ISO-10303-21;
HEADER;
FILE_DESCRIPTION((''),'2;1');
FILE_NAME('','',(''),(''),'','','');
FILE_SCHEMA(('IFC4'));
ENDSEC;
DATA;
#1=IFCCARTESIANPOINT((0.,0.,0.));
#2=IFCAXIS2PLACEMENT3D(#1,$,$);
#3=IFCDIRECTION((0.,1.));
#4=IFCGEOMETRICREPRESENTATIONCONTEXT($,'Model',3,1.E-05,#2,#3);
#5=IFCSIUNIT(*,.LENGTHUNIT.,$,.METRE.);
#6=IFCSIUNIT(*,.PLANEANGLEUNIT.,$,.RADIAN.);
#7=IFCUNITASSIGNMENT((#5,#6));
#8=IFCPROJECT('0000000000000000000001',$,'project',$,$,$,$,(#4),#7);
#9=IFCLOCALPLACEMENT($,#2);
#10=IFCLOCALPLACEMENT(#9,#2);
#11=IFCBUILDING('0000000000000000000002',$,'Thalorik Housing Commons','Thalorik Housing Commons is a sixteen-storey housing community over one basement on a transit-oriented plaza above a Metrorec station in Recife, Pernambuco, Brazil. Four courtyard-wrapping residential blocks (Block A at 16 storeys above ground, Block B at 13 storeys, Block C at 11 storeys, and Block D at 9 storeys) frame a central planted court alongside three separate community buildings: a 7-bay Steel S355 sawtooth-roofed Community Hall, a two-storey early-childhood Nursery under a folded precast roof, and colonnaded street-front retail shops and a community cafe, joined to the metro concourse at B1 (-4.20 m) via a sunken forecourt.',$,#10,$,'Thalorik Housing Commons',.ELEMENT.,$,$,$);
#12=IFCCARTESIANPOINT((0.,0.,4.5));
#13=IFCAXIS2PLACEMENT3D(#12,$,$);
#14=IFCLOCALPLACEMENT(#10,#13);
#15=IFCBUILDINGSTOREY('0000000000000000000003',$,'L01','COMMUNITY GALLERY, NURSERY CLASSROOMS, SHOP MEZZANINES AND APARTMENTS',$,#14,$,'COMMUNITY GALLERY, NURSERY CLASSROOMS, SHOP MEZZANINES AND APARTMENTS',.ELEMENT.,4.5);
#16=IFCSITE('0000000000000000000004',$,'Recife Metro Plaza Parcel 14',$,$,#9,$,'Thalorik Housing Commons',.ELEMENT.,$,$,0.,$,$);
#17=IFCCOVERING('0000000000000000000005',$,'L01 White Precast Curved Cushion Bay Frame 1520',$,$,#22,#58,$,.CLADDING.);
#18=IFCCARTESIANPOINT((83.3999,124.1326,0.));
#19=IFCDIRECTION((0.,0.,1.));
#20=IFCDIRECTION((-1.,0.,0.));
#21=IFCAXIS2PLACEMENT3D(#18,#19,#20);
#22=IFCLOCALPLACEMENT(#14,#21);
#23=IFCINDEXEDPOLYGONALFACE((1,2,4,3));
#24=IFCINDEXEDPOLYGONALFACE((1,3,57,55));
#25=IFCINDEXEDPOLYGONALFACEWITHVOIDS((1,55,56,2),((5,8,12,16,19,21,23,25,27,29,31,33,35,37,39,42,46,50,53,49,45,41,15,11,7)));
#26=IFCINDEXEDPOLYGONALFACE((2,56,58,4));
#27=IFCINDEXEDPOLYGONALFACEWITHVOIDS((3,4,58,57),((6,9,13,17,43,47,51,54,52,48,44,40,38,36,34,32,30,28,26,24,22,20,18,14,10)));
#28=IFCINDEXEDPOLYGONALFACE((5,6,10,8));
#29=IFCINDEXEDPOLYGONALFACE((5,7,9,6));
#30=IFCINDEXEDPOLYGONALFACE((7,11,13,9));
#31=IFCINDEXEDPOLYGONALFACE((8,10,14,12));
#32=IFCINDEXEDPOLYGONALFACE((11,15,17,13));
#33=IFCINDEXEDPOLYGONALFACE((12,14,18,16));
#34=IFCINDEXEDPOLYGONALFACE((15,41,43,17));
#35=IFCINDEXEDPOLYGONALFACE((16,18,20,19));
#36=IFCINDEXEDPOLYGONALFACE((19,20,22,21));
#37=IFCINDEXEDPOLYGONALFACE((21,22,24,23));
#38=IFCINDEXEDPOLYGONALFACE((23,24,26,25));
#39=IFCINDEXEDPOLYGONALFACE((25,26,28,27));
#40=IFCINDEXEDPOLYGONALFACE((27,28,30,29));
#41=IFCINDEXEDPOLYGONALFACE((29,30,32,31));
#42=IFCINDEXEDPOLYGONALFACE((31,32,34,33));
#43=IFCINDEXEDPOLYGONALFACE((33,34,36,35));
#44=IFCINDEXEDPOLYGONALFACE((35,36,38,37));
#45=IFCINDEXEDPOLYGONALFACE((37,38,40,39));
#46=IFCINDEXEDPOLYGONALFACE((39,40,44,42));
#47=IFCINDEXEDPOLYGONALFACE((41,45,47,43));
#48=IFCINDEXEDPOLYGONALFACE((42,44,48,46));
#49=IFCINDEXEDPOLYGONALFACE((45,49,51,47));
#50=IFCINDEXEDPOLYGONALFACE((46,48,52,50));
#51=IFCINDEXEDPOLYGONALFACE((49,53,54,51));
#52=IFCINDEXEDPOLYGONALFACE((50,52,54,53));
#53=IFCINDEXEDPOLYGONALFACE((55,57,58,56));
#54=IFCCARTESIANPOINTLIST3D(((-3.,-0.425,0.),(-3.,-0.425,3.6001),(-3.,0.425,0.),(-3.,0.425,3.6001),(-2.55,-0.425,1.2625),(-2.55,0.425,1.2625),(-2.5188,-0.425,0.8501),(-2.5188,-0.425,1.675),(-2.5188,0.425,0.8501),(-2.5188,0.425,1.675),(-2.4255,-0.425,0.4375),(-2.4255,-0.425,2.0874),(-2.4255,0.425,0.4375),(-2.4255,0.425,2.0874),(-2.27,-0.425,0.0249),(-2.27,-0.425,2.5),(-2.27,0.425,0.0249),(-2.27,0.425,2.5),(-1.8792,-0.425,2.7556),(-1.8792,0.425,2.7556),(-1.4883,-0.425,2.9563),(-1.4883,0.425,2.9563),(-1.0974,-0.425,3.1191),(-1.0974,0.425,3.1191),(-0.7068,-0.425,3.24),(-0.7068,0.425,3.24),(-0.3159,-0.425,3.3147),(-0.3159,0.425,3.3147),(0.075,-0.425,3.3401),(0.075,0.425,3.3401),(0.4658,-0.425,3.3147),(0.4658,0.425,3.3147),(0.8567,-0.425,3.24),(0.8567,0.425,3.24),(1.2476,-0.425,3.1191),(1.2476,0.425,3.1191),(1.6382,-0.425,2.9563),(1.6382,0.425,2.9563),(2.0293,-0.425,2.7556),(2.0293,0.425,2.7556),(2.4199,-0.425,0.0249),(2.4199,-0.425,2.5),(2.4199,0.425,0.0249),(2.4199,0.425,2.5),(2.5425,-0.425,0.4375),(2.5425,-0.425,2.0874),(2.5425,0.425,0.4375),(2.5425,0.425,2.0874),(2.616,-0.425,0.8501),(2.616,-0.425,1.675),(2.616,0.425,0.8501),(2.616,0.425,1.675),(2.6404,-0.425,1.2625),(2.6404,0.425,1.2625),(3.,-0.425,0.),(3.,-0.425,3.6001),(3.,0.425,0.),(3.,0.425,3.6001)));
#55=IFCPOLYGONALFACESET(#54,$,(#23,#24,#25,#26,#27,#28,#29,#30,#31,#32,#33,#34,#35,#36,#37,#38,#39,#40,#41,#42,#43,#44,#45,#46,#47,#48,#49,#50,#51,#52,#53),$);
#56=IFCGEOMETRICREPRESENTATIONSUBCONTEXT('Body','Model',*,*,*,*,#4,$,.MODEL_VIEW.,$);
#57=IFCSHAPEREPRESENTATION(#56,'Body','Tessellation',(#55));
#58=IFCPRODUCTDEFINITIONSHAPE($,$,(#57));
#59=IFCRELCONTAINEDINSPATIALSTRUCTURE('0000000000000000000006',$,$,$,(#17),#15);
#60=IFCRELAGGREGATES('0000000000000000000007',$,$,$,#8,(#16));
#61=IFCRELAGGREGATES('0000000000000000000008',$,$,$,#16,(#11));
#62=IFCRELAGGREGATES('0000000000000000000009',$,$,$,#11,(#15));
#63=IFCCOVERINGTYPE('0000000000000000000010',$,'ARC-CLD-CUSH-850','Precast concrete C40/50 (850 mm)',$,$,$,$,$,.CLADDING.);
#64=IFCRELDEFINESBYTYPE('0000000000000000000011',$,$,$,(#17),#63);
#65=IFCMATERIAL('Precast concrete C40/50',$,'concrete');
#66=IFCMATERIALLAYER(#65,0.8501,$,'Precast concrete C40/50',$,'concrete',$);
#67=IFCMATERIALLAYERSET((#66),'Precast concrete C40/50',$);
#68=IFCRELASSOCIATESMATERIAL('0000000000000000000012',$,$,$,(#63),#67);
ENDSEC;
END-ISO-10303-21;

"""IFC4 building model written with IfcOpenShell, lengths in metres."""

from ifc_helpers import new_model, si_unit, direction, frame, origin, place, context, subcontext, project, spatial, polyline, outline, extrude, material, layer, layer_set, type_object, element, save


model = new_model("IFC4")

# Units and contexts
model_context = context("Model", 3, precision=1e-05, world=origin(), true_north=direction((0.0, 1.0)))
body_context = subcontext(model_context, "Body", "Model", "MODEL_VIEW")
ifc_project = project(units=[si_unit("LENGTHUNIT", "METRE"), si_unit("PLANEANGLEUNIT", "RADIAN")], contexts=[model_context])

# Site, building, storey
site_placement = place(None, origin())
site = spatial("IfcSite", under=ifc_project, at=site_placement, Name="Recife Metro Plaza Parcel 14", LongName="Thalorik Housing Commons", CompositionType="ELEMENT", RefElevation=0.0)
building_placement = place(site_placement, origin())
building = spatial("IfcBuilding", under=site, at=building_placement, Name="Thalorik Housing Commons", Description="Thalorik Housing Commons is a sixteen-storey housing community over one basement on a transit-oriented plaza above a Metrorec station in Recife, Pernambuco, Brazil. Four courtyard-wrapping residential blocks (Block A at 16 storeys above ground, Block B at 13 storeys, Block C at 11 storeys, and Block D at 9 storeys) frame a central planted court alongside three separate community buildings: a 7-bay Steel S355 sawtooth-roofed Community Hall, a two-storey early-childhood Nursery under a folded precast roof, and colonnaded street-front retail shops and a community cafe, joined to the metro concourse at B1 (-4.20 m) via a sunken forecourt.", LongName="Thalorik Housing Commons", CompositionType="ELEMENT")
storey_placement = place(building_placement, frame((0.0, 0.0, 4.5)))
storey = spatial("IfcBuildingStorey", under=building, at=storey_placement, Name="L01", Description="COMMUNITY GALLERY, NURSERY CLASSROOMS, SHOP MEZZANINES AND APARTMENTS", LongName="COMMUNITY GALLERY, NURSERY CLASSROOMS, SHOP MEZZANINES AND APARTMENTS", CompositionType="ELEMENT", Elevation=4.5)

# Shared definitions
ifc_material_1 = material(Name="Precast concrete C40/50", Category="concrete")

# Covering
ifc_layer_1 = layer(ifc_material_1, 0.8501, Name="Precast concrete C40/50", Category="concrete")
ifc_layer_set_1 = layer_set([ifc_layer_1], Name="Precast concrete C40/50")
covering_type_1 = type_object("IfcCoveringType", Name="ARC-CLD-CUSH-850", Description="Precast concrete C40/50 (850 mm)", PredefinedType="CLADDING", material=ifc_layer_set_1)
covering_1_placement = place(storey_placement, frame((83.3999, 124.1326, 0.0), z_axis=(0.0, 0.0, 1.0), x_axis=(-1.0, 0.0, 0.0)))
element("IfcCovering", 1, at=covering_1_placement, inside=storey, type_object=covering_type_1, Name="L01 White Precast Curved Cushion Bay Frame 1520", PredefinedType="CLADDING", context=body_context, shape_type="SweptSolid", body=[
    extrude(outline(polyline([(-3.0, 0.0), (3.0, 0.0), (3.0, 3.6001), (-3.0, 3.6001), (-3.0, 0.0)]), holes=[polyline([(2.4199, 0.0249), (2.5425, 0.4375), (2.616, 0.8501), (2.6404, 1.2625), (2.616, 1.675), (2.5425, 2.0874), (2.4199, 2.5), (2.0293, 2.7556), (1.6382, 2.9563), (1.2476, 3.1191), (0.8567, 3.24), (0.4658, 3.3147), (0.075, 3.3401), (-0.3159, 3.3147), (-0.7068, 3.24), (-1.0974, 3.1191), (-1.4883, 2.9563), (-1.8792, 2.7556), (-2.27, 2.5), (-2.4255, 2.0874), (-2.5188, 1.675), (-2.55, 1.2625), (-2.5188, 0.8501), (-2.4255, 0.4375), (-2.27, 0.0249), (2.4199, 0.0249)])]), frame((0.0, 0.425, 0.0), z_axis=(0.0, -1.0, 0.0), x_axis=(1.0, 0.0, 0.0)), (0.0, 0.0, 1.0), 0.8501),
])

save(model, "model.ifc")
